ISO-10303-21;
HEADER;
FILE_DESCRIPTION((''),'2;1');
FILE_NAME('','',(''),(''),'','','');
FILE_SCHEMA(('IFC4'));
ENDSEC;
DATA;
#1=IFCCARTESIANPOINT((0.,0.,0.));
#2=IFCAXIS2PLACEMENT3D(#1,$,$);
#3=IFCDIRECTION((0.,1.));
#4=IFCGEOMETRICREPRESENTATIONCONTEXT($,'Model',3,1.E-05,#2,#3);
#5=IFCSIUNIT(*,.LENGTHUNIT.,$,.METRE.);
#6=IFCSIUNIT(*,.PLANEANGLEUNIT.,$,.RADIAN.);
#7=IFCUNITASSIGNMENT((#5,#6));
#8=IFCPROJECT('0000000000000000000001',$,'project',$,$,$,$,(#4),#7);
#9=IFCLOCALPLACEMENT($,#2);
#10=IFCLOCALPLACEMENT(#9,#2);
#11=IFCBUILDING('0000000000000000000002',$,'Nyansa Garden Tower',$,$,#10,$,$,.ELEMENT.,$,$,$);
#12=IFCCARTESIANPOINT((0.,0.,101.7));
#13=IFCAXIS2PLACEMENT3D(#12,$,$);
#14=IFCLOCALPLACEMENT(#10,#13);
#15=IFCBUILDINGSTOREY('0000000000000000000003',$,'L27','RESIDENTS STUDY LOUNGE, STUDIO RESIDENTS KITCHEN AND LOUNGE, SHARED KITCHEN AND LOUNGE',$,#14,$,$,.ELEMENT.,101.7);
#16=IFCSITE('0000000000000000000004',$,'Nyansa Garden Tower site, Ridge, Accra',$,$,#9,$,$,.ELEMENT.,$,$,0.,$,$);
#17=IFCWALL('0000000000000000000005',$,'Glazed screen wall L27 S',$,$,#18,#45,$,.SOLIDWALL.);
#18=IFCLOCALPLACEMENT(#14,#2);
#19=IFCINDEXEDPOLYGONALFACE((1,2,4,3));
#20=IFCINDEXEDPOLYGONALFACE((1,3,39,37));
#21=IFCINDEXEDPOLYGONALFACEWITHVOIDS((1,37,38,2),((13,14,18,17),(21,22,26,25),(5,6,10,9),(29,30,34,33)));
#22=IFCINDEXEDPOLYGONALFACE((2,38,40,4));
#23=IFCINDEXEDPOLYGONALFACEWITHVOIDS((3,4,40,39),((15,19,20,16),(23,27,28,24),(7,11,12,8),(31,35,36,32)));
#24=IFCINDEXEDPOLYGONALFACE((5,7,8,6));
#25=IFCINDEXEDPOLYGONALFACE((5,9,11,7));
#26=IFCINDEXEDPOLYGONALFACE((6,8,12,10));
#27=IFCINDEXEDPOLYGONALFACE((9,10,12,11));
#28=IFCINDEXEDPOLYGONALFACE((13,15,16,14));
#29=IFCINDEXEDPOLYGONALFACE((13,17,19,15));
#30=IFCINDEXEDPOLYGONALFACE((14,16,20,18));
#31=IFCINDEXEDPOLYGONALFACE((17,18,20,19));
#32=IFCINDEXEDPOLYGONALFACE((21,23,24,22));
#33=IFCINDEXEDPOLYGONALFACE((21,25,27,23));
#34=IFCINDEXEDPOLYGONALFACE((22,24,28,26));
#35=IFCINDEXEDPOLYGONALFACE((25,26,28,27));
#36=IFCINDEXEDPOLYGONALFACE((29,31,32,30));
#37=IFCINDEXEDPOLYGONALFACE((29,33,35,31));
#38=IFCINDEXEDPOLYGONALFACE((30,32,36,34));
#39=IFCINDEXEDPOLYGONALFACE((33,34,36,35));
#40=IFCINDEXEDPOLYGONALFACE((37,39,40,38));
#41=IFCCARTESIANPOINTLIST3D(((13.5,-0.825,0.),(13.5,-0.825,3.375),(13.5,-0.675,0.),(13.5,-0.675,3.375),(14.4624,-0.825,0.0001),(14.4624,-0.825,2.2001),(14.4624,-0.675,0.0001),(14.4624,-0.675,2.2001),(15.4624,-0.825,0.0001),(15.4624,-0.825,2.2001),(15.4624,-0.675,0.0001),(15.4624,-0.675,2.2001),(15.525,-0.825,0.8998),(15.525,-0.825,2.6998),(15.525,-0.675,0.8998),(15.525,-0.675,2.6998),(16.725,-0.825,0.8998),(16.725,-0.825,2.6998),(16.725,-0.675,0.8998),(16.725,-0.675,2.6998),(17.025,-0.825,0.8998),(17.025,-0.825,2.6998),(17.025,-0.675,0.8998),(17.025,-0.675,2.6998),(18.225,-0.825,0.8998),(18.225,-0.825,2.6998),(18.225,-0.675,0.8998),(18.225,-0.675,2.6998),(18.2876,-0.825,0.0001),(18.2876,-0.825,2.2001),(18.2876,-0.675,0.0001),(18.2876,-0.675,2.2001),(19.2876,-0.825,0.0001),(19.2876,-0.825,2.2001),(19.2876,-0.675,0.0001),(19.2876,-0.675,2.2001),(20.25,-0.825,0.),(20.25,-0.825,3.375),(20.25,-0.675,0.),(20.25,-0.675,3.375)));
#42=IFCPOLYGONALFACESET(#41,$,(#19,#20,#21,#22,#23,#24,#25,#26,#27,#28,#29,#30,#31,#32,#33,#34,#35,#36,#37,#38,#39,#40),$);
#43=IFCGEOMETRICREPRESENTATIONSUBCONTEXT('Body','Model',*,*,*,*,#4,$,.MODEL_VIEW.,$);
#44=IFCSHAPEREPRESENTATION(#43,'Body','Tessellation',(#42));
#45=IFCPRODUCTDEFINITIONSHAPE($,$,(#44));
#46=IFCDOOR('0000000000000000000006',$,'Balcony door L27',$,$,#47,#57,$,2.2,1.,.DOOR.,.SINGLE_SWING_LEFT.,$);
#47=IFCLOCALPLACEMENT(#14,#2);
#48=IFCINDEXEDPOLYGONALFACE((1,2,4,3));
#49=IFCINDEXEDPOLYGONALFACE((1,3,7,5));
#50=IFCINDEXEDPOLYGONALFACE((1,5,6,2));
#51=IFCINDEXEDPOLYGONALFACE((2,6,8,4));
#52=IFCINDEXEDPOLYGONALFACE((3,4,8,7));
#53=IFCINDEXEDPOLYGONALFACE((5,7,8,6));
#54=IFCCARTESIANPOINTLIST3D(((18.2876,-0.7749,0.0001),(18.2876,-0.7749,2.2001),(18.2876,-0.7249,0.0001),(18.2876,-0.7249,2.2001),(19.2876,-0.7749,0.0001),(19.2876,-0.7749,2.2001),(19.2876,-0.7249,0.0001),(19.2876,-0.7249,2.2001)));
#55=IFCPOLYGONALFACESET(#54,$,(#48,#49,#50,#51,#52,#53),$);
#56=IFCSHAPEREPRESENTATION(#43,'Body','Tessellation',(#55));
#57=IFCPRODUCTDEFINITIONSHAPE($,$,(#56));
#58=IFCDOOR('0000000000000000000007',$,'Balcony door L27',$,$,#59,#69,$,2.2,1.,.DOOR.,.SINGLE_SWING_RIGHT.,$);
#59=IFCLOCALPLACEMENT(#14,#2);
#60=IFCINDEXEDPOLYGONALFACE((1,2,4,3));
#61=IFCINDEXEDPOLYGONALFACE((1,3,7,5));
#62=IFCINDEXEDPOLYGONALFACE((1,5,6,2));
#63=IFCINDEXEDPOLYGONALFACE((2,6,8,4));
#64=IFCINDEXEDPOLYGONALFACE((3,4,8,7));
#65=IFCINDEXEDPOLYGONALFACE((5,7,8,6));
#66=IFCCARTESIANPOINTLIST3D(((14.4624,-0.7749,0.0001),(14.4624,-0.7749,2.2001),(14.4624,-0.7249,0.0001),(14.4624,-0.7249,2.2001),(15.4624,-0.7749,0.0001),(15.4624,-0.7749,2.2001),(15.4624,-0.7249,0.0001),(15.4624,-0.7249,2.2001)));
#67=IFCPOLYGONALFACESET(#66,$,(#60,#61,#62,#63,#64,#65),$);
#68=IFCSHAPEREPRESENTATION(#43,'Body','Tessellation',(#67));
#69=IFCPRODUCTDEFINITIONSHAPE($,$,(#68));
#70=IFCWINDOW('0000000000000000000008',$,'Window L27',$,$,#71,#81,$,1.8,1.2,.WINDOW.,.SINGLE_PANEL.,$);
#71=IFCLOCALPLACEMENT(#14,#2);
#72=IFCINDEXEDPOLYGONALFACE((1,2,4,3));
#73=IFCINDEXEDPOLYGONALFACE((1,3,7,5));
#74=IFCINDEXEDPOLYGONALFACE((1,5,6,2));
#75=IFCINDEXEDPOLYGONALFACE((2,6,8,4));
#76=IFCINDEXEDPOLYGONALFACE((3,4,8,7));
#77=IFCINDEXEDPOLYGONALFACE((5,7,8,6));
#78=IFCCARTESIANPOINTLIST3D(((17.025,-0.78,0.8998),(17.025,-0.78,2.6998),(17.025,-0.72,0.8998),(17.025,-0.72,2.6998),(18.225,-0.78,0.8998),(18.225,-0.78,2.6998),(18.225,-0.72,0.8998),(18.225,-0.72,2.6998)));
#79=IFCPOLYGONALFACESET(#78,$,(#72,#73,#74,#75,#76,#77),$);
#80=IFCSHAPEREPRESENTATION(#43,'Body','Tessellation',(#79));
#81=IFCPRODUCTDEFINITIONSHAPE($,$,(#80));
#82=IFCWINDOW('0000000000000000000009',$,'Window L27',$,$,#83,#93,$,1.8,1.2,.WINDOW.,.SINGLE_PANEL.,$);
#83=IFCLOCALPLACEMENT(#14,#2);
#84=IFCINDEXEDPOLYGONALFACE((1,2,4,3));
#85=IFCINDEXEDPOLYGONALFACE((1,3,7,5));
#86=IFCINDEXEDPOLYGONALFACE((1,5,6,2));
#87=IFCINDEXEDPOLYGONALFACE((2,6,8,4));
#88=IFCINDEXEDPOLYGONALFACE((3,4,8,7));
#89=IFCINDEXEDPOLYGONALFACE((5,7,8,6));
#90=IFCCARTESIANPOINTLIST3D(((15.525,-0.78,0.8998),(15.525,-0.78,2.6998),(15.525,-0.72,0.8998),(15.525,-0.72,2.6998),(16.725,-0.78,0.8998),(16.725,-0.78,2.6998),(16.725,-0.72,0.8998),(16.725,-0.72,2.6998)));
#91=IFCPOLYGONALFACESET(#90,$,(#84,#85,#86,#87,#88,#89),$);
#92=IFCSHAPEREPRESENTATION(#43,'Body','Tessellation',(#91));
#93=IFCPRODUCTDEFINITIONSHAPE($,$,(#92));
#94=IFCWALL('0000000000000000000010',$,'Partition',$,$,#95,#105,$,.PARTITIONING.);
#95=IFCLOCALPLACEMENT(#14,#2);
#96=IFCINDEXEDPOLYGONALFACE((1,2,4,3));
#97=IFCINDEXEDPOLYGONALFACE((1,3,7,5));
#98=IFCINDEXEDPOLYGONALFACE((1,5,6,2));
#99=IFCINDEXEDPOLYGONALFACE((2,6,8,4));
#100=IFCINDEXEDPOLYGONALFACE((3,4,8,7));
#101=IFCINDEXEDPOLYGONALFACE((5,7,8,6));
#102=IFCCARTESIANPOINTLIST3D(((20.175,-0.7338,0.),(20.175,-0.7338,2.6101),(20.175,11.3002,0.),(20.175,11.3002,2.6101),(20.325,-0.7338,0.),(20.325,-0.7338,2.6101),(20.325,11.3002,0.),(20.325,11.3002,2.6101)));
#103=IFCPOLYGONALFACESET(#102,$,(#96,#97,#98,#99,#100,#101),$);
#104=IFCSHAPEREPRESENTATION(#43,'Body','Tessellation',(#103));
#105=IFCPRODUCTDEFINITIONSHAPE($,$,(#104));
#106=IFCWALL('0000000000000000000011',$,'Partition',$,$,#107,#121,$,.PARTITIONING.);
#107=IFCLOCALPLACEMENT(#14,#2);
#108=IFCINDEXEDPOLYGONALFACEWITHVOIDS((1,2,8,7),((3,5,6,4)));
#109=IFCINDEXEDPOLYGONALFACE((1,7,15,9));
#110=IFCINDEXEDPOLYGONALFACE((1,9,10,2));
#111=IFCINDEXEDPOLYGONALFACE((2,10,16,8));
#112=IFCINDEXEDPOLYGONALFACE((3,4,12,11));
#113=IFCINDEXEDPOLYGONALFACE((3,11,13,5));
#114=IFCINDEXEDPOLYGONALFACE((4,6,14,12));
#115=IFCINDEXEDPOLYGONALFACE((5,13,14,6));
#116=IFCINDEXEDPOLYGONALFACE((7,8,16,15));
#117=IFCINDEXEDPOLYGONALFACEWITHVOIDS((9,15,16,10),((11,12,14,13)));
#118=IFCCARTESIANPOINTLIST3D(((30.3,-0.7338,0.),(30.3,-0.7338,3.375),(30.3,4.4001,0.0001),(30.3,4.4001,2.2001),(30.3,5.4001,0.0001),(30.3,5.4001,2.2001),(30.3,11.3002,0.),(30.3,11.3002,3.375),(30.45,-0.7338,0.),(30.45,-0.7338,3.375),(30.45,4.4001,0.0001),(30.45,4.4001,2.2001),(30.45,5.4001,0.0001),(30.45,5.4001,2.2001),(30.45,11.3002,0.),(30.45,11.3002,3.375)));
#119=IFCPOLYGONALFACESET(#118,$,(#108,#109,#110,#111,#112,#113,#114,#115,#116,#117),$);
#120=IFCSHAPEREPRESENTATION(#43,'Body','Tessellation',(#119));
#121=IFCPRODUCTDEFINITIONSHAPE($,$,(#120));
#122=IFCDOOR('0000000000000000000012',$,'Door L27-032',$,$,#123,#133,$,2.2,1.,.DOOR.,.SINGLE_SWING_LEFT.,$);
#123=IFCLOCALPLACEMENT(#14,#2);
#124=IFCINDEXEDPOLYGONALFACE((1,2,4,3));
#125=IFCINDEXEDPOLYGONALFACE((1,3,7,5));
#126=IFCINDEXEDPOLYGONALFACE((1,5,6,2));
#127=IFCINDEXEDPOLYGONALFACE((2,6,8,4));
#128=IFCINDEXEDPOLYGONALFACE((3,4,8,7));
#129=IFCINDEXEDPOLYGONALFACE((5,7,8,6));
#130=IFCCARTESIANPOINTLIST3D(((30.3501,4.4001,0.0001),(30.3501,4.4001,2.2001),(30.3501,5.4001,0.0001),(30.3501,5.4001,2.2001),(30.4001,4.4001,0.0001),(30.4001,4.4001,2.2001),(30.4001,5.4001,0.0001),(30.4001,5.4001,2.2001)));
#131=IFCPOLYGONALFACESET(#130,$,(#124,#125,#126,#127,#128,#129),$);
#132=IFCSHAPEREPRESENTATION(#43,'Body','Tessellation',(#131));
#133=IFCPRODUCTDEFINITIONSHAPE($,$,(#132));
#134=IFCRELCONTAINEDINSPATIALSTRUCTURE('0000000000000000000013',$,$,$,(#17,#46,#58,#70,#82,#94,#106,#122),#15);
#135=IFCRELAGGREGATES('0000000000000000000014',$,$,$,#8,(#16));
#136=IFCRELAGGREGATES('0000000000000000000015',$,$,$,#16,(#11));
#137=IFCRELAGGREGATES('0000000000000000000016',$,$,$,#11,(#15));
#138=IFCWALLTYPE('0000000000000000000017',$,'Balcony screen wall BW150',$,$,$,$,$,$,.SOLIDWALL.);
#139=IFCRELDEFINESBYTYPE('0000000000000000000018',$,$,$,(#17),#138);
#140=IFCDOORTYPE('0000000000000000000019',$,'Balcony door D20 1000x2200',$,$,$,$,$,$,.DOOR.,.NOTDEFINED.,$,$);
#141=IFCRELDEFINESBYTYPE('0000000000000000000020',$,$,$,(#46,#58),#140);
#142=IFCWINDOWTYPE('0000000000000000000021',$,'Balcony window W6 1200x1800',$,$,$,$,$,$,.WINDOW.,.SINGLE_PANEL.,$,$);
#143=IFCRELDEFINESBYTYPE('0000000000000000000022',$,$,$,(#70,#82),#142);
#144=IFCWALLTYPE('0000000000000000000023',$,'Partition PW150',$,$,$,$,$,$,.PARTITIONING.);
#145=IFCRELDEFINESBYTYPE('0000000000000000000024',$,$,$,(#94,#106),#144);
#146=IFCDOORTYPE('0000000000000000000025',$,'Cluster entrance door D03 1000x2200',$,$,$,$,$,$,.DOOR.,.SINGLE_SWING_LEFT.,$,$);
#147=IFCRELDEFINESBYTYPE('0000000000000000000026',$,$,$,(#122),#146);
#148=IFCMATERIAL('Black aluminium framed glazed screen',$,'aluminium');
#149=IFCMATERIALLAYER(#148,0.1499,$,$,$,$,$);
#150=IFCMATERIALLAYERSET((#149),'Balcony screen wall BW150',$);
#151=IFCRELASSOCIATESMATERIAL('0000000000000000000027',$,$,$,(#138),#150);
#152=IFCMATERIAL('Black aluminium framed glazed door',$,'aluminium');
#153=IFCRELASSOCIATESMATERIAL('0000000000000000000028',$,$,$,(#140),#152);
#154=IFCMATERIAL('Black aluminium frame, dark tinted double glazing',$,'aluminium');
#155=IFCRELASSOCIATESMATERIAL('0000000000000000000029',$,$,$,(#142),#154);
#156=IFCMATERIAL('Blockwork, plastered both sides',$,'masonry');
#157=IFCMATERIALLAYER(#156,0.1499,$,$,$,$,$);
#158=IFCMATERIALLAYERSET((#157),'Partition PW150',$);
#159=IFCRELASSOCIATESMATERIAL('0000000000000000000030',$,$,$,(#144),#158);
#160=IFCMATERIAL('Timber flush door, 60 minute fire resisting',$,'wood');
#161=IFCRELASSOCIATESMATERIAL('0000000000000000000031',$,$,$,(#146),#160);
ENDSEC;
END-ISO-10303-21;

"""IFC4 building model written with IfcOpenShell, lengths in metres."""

from ifc_helpers import new_model, si_unit, direction, frame, frame_2d, origin, place, context, subcontext, project, spatial, rectangle, extrude, material, layer, layer_set, type_object, element, fill, save


model = new_model("IFC4")

# Units and contexts
model_context = context("Model", 3, precision=1e-05, world=origin(), true_north=direction((0.0, 1.0)))
body_context = subcontext(model_context, "Body", "Model", "MODEL_VIEW")
ifc_project = project(units=[si_unit("LENGTHUNIT", "METRE"), si_unit("PLANEANGLEUNIT", "RADIAN")], contexts=[model_context])

# Site, building, storey
site_placement = place(None, origin())
site = spatial("IfcSite", under=ifc_project, at=site_placement, Name="Nyansa Garden Tower site, Ridge, Accra", CompositionType="ELEMENT", RefElevation=0.0)
building_placement = place(site_placement, origin())
building = spatial("IfcBuilding", under=site, at=building_placement, Name="Nyansa Garden Tower", CompositionType="ELEMENT")
storey_placement = place(building_placement, frame((0.0, 0.0, 101.7)))
storey = spatial("IfcBuildingStorey", under=building, at=storey_placement, Name="L27", Description="RESIDENTS STUDY LOUNGE, STUDIO RESIDENTS KITCHEN AND LOUNGE, SHARED KITCHEN AND LOUNGE", CompositionType="ELEMENT", Elevation=101.7)

# Wall, openings, doors, windows
ifc_material_1 = material(Name="Black aluminium framed glazed screen", Category="aluminium")
ifc_layer_1 = layer(ifc_material_1, 0.1499)
ifc_layer_set_1 = layer_set([ifc_layer_1], Name="Balcony screen wall BW150")
wall_type_1 = type_object("IfcWallType", Name="Balcony screen wall BW150", PredefinedType="SOLIDWALL", material=ifc_layer_set_1)
wall_1_placement = place(storey_placement, frame((20.25, -0.75, 0.0), z_axis=(0.0, 0.0, 1.0), x_axis=(-1.0, 0.0, 0.0)))
wall_1 = element("IfcWall", 1, at=wall_1_placement, inside=storey, type_object=wall_type_1, Name="Glazed screen wall L27 S", PredefinedType="SOLIDWALL", context=body_context, shape_type="SweptSolid", body=[
    extrude(rectangle(XDim=6.75, YDim=0.1499, at=frame_2d((3.375, 0.0))), origin(), (0.0, 0.0, 1.0), 3.375),
])
opening_1_placement = place(wall_1_placement, frame((0.9624, 0.0, 0.0)))
opening_1 = element("IfcOpeningElement", 2, at=opening_1_placement, cuts=wall_1, PredefinedType="OPENING", context=body_context, shape_type="SweptSolid", body=[
    extrude(rectangle(XDim=1.0, YDim=2.2, at=frame_2d((0.5, 1.1001))), frame((0.0, 0.085, 0.0), z_axis=(0.0, -1.0, 0.0), x_axis=(1.0, 0.0, 0.0)), (0.0, 0.0, 1.0), 0.1699),
])
opening_2_placement = place(wall_1_placement, frame((2.0249, 0.0, 0.8999)))
opening_2 = element("IfcOpeningElement", 3, at=opening_2_placement, cuts=wall_1, PredefinedType="OPENING", context=body_context, shape_type="SweptSolid", body=[
    extrude(rectangle(XDim=1.2, YDim=1.8, at=frame_2d((0.6001, 0.8999))), frame((0.0, 0.085, 0.0), z_axis=(0.0, -1.0, 0.0), x_axis=(1.0, 0.0, 0.0)), (0.0, 0.0, 1.0), 0.1699),
])
opening_3_placement = place(wall_1_placement, frame((4.7876, 0.0, 0.0)))
opening_3 = element("IfcOpeningElement", 4, at=opening_3_placement, cuts=wall_1, PredefinedType="OPENING", context=body_context, shape_type="SweptSolid", body=[
    extrude(rectangle(XDim=1.0, YDim=2.2, at=frame_2d((0.5, 1.1001))), frame((0.0, 0.085, 0.0), z_axis=(0.0, -1.0, 0.0), x_axis=(1.0, 0.0, 0.0)), (0.0, 0.0, 1.0), 0.1699),
])
opening_4_placement = place(wall_1_placement, frame((3.5249, 0.0, 0.8999)))
opening_4 = element("IfcOpeningElement", 5, at=opening_4_placement, cuts=wall_1, PredefinedType="OPENING", context=body_context, shape_type="SweptSolid", body=[
    extrude(rectangle(XDim=1.2, YDim=1.8, at=frame_2d((0.6001, 0.8999))), frame((0.0, 0.085, 0.0), z_axis=(0.0, -1.0, 0.0), x_axis=(1.0, 0.0, 0.0)), (0.0, 0.0, 1.0), 0.1699),
])
ifc_material_2 = material(Name="Black aluminium framed glazed door", Category="aluminium")
door_type_1 = type_object("IfcDoorType", Name="Balcony door D20 1000x2200", OperationType="NOTDEFINED", PredefinedType="DOOR", material=ifc_material_2)
door_1_placement = place(opening_1_placement, origin())
door_1 = element("IfcDoor", 6, at=door_1_placement, inside=storey, type_object=door_type_1, Name="Balcony door L27", OperationType="SINGLE_SWING_LEFT", OverallHeight=2.2, OverallWidth=1.0, PredefinedType="DOOR", context=body_context, shape_type="SweptSolid", body=[
    extrude(rectangle(XDim=1.0, YDim=2.2, at=frame_2d((0.5, 1.1001))), frame((0.0, 0.0249, 0.0), z_axis=(0.0, -1.0, 0.0), x_axis=(1.0, 0.0, 0.0)), (0.0, 0.0, 1.0), 0.05),
])
fill(opening_1, door_1)
door_2_placement = place(opening_3_placement, origin())
door_2 = element("IfcDoor", 7, at=door_2_placement, inside=storey, type_object=door_type_1, Name="Balcony door L27", OperationType="SINGLE_SWING_RIGHT", OverallHeight=2.2, OverallWidth=1.0, PredefinedType="DOOR", context=body_context, shape_type="SweptSolid", body=[
    extrude(rectangle(XDim=1.0, YDim=2.2, at=frame_2d((0.5, 1.1001))), frame((0.0, 0.0249, 0.0), z_axis=(0.0, -1.0, 0.0), x_axis=(1.0, 0.0, 0.0)), (0.0, 0.0, 1.0), 0.05),
])
fill(opening_3, door_2)
ifc_material_3 = material(Name="Black aluminium frame, dark tinted double glazing", Category="aluminium")
window_type = type_object("IfcWindowType", Name="Balcony window W6 1200x1800", PartitioningType="SINGLE_PANEL", PredefinedType="WINDOW", material=ifc_material_3)
window_1_placement = place(opening_2_placement, origin())
window_1 = element("IfcWindow", 8, at=window_1_placement, inside=storey, type_object=window_type, Name="Window L27", OverallHeight=1.8, OverallWidth=1.2, PartitioningType="SINGLE_PANEL", PredefinedType="WINDOW", context=body_context, shape_type="SweptSolid", body=[
    extrude(rectangle(XDim=1.2, YDim=1.8, at=frame_2d((0.6001, 0.8999))), frame((0.0, 0.03, 0.0), z_axis=(0.0, -1.0, 0.0), x_axis=(1.0, 0.0, 0.0)), (0.0, 0.0, 1.0), 0.0601),
])
fill(opening_2, window_1)
window_2_placement = place(opening_4_placement, origin())
window_2 = element("IfcWindow", 9, at=window_2_placement, inside=storey, type_object=window_type, Name="Window L27", OverallHeight=1.8, OverallWidth=1.2, PartitioningType="SINGLE_PANEL", PredefinedType="WINDOW", context=body_context, shape_type="SweptSolid", body=[
    extrude(rectangle(XDim=1.2, YDim=1.8, at=frame_2d((0.6001, 0.8999))), frame((0.0, 0.03, 0.0), z_axis=(0.0, -1.0, 0.0), x_axis=(1.0, 0.0, 0.0)), (0.0, 0.0, 1.0), 0.0601),
])
fill(opening_4, window_2)

# Wall
ifc_material_4 = material(Name="Blockwork, plastered both sides", Category="masonry")
ifc_layer_2 = layer(ifc_material_4, 0.1499)
ifc_layer_set_2 = layer_set([ifc_layer_2], Name="Partition PW150")
wall_type_2 = type_object("IfcWallType", Name="Partition PW150", PredefinedType="PARTITIONING", material=ifc_layer_set_2)
wall_2_placement = place(storey_placement, frame((20.25, -0.7339, 0.0), z_axis=(0.0, 0.0, 1.0), x_axis=(0.0, 1.0, 0.0)))
element("IfcWall", 10, at=wall_2_placement, inside=storey, type_object=wall_type_2, Name="Partition", PredefinedType="PARTITIONING", context=body_context, shape_type="SweptSolid", body=[
    extrude(rectangle(XDim=12.0339, YDim=0.1499, at=frame_2d((6.0171, 0.0))), origin(), (0.0, 0.0, 1.0), 2.6101),
])

# Wall, opening, door
wall_3_placement = place(storey_placement, frame((30.375, -0.7339, 0.0), z_axis=(0.0, 0.0, 1.0), x_axis=(0.0, 1.0, 0.0)))
wall_3 = element("IfcWall", 11, at=wall_3_placement, inside=storey, type_object=wall_type_2, Name="Partition", PredefinedType="PARTITIONING", context=body_context, shape_type="SweptSolid", body=[
    extrude(rectangle(XDim=12.0339, YDim=0.1499, at=frame_2d((6.0171, 0.0))), origin(), (0.0, 0.0, 1.0), 3.375),
])
opening_5_placement = place(wall_3_placement, frame((5.134, 0.0, 0.0)))
opening_5 = element("IfcOpeningElement", 12, at=opening_5_placement, cuts=wall_3, PredefinedType="OPENING", context=body_context, shape_type="SweptSolid", body=[
    extrude(rectangle(XDim=1.0, YDim=2.2, at=frame_2d((0.5, 1.1001))), frame((0.0, 0.085, 0.0), z_axis=(0.0, -1.0, 0.0), x_axis=(1.0, 0.0, 0.0)), (0.0, 0.0, 1.0), 0.1699),
])
ifc_material_5 = material(Name="Timber flush door, 60 minute fire resisting", Category="wood")
door_type_2 = type_object("IfcDoorType", Name="Cluster entrance door D03 1000x2200", OperationType="SINGLE_SWING_LEFT", PredefinedType="DOOR", material=ifc_material_5)
door_3_placement = place(opening_5_placement, origin())
door_3 = element("IfcDoor", 13, at=door_3_placement, inside=storey, type_object=door_type_2, Name="Door L27-032", OperationType="SINGLE_SWING_LEFT", OverallHeight=2.2, OverallWidth=1.0, PredefinedType="DOOR", context=body_context, shape_type="SweptSolid", body=[
    extrude(rectangle(XDim=1.0, YDim=2.2, at=frame_2d((0.5, 1.1001))), frame((0.0, 0.0249, 0.0), z_axis=(0.0, -1.0, 0.0), x_axis=(1.0, 0.0, 0.0)), (0.0, 0.0, 1.0), 0.05),
])
fill(opening_5, door_3)

save(model, "model.ifc")
